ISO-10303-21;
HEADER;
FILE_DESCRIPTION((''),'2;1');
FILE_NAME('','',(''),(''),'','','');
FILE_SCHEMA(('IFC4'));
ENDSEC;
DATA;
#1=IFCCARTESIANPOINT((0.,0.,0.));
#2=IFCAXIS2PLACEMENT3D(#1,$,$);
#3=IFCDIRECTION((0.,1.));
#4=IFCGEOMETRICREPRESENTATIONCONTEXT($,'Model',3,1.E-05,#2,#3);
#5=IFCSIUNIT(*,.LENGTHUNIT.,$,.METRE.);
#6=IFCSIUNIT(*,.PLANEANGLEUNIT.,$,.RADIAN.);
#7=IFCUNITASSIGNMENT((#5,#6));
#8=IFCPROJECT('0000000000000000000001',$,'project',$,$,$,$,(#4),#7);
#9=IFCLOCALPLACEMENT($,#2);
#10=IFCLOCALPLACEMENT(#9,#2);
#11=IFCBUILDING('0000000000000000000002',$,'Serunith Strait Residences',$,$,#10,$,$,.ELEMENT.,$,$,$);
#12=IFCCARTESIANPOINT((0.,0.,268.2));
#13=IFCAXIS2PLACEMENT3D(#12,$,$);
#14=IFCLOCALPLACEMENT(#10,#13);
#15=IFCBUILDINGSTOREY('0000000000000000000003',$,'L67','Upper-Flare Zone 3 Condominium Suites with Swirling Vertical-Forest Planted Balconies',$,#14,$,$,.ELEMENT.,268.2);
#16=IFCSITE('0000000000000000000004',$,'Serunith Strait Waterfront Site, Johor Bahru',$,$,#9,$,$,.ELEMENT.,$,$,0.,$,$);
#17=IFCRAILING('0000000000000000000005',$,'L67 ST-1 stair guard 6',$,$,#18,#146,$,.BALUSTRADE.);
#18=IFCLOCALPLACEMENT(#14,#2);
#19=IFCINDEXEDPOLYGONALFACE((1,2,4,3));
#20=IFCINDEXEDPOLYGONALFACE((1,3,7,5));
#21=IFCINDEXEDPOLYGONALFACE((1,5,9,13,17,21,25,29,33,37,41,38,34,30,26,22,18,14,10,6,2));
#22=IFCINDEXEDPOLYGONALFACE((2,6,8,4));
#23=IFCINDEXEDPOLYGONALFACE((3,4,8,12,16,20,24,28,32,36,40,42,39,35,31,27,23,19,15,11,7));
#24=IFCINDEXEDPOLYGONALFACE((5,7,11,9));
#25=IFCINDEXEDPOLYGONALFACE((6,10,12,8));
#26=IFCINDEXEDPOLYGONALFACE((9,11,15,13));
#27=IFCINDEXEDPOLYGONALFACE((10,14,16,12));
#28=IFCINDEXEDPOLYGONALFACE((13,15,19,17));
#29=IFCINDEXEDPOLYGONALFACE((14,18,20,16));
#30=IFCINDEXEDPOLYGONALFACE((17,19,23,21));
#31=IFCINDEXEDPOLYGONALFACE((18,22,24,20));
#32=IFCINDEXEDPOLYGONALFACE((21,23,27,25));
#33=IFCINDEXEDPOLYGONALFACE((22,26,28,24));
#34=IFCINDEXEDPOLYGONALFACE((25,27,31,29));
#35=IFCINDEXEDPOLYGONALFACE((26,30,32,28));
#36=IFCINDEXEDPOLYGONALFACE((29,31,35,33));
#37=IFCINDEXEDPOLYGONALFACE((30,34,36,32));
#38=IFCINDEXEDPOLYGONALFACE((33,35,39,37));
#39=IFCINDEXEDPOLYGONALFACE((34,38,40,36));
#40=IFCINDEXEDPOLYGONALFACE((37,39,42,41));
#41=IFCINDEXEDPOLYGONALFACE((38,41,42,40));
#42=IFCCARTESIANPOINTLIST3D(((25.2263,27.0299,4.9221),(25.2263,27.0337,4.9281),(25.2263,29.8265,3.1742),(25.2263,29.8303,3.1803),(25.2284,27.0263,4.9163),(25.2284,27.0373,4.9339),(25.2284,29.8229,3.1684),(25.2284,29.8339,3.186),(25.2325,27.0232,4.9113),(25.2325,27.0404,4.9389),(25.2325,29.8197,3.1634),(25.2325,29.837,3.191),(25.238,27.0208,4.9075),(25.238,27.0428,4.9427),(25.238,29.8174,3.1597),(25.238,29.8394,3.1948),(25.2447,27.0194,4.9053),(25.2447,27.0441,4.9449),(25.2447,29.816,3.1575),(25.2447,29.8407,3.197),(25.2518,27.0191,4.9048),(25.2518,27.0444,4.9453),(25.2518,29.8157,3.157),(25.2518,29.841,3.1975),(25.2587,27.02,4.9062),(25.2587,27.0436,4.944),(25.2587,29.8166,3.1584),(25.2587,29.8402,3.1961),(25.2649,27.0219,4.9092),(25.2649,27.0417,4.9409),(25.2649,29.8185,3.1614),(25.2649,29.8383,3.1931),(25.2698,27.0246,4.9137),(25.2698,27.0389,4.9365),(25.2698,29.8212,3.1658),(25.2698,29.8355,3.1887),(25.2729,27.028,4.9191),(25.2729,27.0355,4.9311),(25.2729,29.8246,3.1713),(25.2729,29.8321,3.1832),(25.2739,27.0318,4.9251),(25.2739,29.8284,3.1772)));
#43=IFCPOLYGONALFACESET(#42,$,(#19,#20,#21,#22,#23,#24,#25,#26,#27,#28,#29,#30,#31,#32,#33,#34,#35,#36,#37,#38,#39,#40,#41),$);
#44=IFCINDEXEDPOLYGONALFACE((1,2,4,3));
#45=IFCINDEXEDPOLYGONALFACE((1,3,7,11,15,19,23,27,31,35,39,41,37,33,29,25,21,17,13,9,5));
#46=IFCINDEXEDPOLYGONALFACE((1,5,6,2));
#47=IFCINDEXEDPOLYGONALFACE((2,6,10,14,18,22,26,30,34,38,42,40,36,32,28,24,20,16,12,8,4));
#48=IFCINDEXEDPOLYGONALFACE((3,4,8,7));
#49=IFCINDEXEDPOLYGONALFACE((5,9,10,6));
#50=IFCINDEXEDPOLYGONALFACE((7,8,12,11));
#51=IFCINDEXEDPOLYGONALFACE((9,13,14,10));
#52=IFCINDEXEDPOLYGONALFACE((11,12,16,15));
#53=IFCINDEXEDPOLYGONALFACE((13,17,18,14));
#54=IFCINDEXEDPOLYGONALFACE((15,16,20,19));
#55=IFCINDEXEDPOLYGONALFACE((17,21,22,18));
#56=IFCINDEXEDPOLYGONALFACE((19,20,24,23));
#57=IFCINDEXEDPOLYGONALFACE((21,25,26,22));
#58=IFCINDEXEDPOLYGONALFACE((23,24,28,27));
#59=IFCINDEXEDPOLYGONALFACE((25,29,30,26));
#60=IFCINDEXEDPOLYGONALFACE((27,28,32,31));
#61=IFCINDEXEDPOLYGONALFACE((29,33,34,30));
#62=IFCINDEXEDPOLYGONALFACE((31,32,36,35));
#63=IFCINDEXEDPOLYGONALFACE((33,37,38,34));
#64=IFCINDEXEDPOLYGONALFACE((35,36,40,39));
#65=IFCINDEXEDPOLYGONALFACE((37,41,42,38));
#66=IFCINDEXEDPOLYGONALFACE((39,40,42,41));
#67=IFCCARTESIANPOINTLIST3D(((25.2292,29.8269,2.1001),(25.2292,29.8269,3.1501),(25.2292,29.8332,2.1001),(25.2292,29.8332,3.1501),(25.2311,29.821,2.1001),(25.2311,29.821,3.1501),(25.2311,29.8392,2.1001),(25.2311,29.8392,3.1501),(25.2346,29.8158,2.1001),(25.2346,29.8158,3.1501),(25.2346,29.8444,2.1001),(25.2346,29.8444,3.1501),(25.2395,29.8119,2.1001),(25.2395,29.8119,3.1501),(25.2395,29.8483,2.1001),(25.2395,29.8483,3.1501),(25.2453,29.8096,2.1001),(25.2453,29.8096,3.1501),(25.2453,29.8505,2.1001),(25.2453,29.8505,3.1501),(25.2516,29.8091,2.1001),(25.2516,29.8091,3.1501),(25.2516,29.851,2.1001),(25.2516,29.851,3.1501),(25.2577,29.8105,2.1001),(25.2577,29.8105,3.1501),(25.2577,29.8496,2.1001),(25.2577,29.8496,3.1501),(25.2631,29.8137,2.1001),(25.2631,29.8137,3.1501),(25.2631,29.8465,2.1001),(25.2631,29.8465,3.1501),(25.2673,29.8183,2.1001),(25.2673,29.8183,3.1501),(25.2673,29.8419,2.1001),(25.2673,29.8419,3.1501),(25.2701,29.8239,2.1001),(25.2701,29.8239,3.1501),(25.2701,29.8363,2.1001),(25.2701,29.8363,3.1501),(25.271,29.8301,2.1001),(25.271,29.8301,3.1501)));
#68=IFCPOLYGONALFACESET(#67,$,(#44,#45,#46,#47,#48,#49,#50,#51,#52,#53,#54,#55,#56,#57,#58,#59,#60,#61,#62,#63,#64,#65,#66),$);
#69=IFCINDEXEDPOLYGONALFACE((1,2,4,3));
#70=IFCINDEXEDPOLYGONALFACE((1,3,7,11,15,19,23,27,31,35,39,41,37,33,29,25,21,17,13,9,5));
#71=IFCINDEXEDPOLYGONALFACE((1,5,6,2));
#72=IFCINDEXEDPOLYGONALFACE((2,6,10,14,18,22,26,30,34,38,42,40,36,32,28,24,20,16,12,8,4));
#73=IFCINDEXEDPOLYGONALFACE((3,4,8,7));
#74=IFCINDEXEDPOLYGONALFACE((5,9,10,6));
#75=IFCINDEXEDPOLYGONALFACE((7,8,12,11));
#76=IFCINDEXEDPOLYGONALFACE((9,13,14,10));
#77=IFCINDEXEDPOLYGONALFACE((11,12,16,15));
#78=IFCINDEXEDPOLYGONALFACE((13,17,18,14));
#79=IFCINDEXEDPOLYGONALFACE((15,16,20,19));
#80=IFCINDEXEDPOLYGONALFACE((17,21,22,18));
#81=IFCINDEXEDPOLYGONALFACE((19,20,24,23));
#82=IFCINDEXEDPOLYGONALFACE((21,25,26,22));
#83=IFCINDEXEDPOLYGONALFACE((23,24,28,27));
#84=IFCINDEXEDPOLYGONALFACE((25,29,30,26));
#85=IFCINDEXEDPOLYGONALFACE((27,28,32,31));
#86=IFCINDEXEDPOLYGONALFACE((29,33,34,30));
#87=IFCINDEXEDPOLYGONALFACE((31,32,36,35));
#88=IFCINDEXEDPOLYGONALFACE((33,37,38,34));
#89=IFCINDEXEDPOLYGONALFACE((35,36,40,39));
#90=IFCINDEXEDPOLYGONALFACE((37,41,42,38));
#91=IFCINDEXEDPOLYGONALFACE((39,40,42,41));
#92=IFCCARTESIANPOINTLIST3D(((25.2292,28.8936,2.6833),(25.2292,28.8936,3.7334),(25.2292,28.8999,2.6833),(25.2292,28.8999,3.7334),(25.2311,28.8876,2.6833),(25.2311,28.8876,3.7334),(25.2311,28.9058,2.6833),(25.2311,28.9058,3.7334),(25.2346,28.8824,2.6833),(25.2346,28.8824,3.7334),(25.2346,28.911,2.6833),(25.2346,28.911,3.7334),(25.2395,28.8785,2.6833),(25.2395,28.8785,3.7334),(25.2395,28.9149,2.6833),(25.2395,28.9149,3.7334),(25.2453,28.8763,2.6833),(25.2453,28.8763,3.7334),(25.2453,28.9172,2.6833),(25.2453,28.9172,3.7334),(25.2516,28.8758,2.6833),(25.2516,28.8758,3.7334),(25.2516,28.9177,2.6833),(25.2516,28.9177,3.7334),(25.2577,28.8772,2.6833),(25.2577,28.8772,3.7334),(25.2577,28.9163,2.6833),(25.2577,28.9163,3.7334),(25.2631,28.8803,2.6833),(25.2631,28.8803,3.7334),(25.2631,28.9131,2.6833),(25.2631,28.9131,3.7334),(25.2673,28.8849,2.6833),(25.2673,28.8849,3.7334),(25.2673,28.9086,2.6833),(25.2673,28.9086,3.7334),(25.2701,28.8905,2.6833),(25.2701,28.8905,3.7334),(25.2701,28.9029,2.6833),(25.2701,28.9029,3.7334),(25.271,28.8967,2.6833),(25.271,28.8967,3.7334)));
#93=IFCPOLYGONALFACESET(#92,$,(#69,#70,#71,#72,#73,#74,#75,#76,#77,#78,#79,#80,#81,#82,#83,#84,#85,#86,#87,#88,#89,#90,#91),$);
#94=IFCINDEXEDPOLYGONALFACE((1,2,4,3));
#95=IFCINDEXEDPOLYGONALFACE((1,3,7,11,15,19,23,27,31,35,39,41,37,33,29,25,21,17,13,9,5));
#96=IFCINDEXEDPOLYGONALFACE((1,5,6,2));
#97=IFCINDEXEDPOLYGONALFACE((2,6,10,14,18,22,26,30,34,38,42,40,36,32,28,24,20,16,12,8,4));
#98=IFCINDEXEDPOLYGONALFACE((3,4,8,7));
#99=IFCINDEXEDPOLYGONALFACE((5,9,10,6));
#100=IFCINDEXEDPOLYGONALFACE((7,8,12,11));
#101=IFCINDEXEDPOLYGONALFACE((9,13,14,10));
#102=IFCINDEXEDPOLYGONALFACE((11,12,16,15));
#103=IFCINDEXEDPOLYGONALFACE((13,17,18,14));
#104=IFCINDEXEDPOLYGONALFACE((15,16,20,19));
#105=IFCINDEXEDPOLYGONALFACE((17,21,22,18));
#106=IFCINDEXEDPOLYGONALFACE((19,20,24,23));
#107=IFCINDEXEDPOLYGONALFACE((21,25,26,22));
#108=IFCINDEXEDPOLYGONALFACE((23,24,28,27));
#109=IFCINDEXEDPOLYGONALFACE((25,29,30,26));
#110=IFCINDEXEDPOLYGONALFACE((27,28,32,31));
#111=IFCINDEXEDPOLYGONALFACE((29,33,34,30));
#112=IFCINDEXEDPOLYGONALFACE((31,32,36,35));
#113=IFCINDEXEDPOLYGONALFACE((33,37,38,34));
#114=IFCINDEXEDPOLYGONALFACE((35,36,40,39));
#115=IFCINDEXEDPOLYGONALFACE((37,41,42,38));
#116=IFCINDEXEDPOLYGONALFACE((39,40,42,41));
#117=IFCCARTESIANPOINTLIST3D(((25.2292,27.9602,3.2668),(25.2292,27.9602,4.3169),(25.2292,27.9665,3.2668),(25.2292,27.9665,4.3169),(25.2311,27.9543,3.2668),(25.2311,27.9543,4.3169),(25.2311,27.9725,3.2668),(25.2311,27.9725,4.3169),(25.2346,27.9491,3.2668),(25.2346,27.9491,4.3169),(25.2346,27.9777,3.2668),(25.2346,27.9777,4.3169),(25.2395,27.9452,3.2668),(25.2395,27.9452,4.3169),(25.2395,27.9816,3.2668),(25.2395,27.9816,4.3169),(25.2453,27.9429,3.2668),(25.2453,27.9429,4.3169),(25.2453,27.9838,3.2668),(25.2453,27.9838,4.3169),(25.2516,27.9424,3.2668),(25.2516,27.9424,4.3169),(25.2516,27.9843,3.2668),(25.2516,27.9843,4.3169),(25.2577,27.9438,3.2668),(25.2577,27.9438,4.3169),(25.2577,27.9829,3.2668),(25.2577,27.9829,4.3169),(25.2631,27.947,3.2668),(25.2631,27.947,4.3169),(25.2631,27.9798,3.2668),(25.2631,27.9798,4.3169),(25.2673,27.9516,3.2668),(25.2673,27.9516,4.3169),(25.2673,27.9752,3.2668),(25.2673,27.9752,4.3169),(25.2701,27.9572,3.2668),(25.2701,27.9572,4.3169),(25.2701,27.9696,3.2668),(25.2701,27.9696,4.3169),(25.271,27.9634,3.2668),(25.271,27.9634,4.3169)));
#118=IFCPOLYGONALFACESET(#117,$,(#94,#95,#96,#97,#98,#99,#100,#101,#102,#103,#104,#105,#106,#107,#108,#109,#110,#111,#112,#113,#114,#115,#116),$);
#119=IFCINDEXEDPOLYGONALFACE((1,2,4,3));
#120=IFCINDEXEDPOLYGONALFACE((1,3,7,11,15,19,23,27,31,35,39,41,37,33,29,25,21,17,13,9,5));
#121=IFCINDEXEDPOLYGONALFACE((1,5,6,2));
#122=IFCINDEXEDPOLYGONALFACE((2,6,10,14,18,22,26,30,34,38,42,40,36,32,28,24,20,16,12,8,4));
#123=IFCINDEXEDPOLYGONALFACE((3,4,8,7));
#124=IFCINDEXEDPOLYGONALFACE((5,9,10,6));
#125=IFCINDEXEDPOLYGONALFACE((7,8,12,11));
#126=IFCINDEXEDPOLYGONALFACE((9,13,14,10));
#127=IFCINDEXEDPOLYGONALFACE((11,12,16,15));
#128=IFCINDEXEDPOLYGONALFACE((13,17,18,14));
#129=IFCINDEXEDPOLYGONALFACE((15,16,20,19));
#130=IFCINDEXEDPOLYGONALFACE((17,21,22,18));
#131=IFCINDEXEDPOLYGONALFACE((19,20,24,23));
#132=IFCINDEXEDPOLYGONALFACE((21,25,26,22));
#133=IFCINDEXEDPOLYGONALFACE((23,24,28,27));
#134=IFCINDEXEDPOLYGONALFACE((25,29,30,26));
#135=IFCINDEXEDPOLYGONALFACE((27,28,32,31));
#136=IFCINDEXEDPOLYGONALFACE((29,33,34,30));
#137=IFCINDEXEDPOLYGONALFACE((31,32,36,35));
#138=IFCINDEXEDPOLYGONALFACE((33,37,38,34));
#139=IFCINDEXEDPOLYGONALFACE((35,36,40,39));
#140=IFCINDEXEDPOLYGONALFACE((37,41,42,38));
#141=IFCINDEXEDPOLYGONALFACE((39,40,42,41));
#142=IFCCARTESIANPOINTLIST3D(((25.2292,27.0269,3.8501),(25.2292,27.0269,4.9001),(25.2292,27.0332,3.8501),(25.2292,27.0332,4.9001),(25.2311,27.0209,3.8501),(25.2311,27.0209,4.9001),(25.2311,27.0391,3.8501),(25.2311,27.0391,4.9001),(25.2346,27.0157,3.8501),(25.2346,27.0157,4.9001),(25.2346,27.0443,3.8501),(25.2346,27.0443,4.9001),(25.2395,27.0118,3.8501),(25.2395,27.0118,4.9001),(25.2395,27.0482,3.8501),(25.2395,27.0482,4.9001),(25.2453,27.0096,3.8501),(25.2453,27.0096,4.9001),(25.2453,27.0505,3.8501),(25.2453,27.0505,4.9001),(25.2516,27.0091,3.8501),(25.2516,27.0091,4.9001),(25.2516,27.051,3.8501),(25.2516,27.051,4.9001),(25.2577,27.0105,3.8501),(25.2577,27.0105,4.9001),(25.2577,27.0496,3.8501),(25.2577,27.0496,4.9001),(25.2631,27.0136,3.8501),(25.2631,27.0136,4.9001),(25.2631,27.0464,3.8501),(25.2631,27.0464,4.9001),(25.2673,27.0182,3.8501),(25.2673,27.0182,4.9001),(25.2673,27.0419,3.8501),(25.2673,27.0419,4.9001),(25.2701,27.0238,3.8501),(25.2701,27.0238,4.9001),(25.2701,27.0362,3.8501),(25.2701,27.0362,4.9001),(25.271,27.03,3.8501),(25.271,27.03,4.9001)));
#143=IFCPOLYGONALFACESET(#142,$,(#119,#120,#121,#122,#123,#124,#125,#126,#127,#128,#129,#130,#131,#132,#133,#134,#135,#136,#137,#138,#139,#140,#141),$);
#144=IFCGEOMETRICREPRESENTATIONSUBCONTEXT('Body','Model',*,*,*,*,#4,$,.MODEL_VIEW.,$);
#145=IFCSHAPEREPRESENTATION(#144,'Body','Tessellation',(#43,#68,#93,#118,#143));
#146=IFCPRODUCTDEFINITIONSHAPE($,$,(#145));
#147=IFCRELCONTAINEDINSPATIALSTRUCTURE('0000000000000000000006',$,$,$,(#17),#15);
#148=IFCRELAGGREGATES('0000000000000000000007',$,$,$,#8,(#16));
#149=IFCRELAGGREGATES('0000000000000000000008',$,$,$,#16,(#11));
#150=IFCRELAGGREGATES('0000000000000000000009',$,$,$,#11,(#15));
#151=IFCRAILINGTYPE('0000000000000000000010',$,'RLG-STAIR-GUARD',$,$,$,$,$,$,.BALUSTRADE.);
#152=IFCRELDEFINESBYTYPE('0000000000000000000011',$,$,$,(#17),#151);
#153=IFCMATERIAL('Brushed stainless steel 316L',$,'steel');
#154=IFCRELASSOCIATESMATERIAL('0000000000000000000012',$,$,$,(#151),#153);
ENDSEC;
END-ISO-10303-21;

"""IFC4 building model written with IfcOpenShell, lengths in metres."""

from ifc_helpers import new_model, si_unit, direction, frame, origin, origin_2d, place, context, subcontext, project, spatial, circle, extrude, material, type_object, element, save


model = new_model("IFC4")

# Units and contexts
model_context = context("Model", 3, precision=1e-05, world=origin(), true_north=direction((0.0, 1.0)))
body_context = subcontext(model_context, "Body", "Model", "MODEL_VIEW")
ifc_project = project(units=[si_unit("LENGTHUNIT", "METRE"), si_unit("PLANEANGLEUNIT", "RADIAN")], contexts=[model_context])

# Site, building, storey
site_placement = place(None, origin())
site = spatial("IfcSite", under=ifc_project, at=site_placement, Name="Serunith Strait Waterfront Site, Johor Bahru", CompositionType="ELEMENT", RefElevation=0.0)
building_placement = place(site_placement, origin())
building = spatial("IfcBuilding", under=site, at=building_placement, Name="Serunith Strait Residences", CompositionType="ELEMENT")
storey_placement = place(building_placement, frame((0.0, 0.0, 268.2)))
storey = spatial("IfcBuildingStorey", under=building, at=storey_placement, Name="L67", Description="Upper-Flare Zone 3 Condominium Suites with Swirling Vertical-Forest Planted Balconies", CompositionType="ELEMENT", Elevation=268.2)

# Railing
ifc_material_1 = material(Name="Brushed stainless steel 316L", Category="steel")
railing_type_1 = type_object("IfcRailingType", Name="RLG-STAIR-GUARD", PredefinedType="BALUSTRADE", material=ifc_material_1)
railing_1_placement = place(storey_placement, frame((25.25, 29.8301, 2.1001)))
element("IfcRailing", 1, at=railing_1_placement, inside=storey, type_object=railing_type_1, Name="L67 ST-1 stair guard 6", PredefinedType="BALUSTRADE", context=body_context, shape_type="SweptSolid", body=[
    extrude(circle(Radius=0.0239, at=origin_2d()), frame((0.0, -0.0017, 1.0771), z_axis=(0.0, -0.848002, 0.529992), x_axis=(1.0, 0.0, 0.0)), (0.0, 0.0, 1.0), 3.2979),
    extrude(circle(Radius=0.021, at=origin_2d()), origin(), (0.0, 0.0, 1.0), 1.05),
    extrude(circle(Radius=0.021, at=origin_2d()), frame((0.0, -0.9333, 0.5833)), (0.0, 0.0, 1.0), 1.05),
    extrude(circle(Radius=0.021, at=origin_2d()), frame((0.0, -1.8667, 1.1667)), (0.0, 0.0, 1.0), 1.05),
    extrude(circle(Radius=0.021, at=origin_2d()), frame((0.0, -2.8, 1.75)), (0.0, 0.0, 1.0), 1.05),
])

save(model, "model.ifc")
